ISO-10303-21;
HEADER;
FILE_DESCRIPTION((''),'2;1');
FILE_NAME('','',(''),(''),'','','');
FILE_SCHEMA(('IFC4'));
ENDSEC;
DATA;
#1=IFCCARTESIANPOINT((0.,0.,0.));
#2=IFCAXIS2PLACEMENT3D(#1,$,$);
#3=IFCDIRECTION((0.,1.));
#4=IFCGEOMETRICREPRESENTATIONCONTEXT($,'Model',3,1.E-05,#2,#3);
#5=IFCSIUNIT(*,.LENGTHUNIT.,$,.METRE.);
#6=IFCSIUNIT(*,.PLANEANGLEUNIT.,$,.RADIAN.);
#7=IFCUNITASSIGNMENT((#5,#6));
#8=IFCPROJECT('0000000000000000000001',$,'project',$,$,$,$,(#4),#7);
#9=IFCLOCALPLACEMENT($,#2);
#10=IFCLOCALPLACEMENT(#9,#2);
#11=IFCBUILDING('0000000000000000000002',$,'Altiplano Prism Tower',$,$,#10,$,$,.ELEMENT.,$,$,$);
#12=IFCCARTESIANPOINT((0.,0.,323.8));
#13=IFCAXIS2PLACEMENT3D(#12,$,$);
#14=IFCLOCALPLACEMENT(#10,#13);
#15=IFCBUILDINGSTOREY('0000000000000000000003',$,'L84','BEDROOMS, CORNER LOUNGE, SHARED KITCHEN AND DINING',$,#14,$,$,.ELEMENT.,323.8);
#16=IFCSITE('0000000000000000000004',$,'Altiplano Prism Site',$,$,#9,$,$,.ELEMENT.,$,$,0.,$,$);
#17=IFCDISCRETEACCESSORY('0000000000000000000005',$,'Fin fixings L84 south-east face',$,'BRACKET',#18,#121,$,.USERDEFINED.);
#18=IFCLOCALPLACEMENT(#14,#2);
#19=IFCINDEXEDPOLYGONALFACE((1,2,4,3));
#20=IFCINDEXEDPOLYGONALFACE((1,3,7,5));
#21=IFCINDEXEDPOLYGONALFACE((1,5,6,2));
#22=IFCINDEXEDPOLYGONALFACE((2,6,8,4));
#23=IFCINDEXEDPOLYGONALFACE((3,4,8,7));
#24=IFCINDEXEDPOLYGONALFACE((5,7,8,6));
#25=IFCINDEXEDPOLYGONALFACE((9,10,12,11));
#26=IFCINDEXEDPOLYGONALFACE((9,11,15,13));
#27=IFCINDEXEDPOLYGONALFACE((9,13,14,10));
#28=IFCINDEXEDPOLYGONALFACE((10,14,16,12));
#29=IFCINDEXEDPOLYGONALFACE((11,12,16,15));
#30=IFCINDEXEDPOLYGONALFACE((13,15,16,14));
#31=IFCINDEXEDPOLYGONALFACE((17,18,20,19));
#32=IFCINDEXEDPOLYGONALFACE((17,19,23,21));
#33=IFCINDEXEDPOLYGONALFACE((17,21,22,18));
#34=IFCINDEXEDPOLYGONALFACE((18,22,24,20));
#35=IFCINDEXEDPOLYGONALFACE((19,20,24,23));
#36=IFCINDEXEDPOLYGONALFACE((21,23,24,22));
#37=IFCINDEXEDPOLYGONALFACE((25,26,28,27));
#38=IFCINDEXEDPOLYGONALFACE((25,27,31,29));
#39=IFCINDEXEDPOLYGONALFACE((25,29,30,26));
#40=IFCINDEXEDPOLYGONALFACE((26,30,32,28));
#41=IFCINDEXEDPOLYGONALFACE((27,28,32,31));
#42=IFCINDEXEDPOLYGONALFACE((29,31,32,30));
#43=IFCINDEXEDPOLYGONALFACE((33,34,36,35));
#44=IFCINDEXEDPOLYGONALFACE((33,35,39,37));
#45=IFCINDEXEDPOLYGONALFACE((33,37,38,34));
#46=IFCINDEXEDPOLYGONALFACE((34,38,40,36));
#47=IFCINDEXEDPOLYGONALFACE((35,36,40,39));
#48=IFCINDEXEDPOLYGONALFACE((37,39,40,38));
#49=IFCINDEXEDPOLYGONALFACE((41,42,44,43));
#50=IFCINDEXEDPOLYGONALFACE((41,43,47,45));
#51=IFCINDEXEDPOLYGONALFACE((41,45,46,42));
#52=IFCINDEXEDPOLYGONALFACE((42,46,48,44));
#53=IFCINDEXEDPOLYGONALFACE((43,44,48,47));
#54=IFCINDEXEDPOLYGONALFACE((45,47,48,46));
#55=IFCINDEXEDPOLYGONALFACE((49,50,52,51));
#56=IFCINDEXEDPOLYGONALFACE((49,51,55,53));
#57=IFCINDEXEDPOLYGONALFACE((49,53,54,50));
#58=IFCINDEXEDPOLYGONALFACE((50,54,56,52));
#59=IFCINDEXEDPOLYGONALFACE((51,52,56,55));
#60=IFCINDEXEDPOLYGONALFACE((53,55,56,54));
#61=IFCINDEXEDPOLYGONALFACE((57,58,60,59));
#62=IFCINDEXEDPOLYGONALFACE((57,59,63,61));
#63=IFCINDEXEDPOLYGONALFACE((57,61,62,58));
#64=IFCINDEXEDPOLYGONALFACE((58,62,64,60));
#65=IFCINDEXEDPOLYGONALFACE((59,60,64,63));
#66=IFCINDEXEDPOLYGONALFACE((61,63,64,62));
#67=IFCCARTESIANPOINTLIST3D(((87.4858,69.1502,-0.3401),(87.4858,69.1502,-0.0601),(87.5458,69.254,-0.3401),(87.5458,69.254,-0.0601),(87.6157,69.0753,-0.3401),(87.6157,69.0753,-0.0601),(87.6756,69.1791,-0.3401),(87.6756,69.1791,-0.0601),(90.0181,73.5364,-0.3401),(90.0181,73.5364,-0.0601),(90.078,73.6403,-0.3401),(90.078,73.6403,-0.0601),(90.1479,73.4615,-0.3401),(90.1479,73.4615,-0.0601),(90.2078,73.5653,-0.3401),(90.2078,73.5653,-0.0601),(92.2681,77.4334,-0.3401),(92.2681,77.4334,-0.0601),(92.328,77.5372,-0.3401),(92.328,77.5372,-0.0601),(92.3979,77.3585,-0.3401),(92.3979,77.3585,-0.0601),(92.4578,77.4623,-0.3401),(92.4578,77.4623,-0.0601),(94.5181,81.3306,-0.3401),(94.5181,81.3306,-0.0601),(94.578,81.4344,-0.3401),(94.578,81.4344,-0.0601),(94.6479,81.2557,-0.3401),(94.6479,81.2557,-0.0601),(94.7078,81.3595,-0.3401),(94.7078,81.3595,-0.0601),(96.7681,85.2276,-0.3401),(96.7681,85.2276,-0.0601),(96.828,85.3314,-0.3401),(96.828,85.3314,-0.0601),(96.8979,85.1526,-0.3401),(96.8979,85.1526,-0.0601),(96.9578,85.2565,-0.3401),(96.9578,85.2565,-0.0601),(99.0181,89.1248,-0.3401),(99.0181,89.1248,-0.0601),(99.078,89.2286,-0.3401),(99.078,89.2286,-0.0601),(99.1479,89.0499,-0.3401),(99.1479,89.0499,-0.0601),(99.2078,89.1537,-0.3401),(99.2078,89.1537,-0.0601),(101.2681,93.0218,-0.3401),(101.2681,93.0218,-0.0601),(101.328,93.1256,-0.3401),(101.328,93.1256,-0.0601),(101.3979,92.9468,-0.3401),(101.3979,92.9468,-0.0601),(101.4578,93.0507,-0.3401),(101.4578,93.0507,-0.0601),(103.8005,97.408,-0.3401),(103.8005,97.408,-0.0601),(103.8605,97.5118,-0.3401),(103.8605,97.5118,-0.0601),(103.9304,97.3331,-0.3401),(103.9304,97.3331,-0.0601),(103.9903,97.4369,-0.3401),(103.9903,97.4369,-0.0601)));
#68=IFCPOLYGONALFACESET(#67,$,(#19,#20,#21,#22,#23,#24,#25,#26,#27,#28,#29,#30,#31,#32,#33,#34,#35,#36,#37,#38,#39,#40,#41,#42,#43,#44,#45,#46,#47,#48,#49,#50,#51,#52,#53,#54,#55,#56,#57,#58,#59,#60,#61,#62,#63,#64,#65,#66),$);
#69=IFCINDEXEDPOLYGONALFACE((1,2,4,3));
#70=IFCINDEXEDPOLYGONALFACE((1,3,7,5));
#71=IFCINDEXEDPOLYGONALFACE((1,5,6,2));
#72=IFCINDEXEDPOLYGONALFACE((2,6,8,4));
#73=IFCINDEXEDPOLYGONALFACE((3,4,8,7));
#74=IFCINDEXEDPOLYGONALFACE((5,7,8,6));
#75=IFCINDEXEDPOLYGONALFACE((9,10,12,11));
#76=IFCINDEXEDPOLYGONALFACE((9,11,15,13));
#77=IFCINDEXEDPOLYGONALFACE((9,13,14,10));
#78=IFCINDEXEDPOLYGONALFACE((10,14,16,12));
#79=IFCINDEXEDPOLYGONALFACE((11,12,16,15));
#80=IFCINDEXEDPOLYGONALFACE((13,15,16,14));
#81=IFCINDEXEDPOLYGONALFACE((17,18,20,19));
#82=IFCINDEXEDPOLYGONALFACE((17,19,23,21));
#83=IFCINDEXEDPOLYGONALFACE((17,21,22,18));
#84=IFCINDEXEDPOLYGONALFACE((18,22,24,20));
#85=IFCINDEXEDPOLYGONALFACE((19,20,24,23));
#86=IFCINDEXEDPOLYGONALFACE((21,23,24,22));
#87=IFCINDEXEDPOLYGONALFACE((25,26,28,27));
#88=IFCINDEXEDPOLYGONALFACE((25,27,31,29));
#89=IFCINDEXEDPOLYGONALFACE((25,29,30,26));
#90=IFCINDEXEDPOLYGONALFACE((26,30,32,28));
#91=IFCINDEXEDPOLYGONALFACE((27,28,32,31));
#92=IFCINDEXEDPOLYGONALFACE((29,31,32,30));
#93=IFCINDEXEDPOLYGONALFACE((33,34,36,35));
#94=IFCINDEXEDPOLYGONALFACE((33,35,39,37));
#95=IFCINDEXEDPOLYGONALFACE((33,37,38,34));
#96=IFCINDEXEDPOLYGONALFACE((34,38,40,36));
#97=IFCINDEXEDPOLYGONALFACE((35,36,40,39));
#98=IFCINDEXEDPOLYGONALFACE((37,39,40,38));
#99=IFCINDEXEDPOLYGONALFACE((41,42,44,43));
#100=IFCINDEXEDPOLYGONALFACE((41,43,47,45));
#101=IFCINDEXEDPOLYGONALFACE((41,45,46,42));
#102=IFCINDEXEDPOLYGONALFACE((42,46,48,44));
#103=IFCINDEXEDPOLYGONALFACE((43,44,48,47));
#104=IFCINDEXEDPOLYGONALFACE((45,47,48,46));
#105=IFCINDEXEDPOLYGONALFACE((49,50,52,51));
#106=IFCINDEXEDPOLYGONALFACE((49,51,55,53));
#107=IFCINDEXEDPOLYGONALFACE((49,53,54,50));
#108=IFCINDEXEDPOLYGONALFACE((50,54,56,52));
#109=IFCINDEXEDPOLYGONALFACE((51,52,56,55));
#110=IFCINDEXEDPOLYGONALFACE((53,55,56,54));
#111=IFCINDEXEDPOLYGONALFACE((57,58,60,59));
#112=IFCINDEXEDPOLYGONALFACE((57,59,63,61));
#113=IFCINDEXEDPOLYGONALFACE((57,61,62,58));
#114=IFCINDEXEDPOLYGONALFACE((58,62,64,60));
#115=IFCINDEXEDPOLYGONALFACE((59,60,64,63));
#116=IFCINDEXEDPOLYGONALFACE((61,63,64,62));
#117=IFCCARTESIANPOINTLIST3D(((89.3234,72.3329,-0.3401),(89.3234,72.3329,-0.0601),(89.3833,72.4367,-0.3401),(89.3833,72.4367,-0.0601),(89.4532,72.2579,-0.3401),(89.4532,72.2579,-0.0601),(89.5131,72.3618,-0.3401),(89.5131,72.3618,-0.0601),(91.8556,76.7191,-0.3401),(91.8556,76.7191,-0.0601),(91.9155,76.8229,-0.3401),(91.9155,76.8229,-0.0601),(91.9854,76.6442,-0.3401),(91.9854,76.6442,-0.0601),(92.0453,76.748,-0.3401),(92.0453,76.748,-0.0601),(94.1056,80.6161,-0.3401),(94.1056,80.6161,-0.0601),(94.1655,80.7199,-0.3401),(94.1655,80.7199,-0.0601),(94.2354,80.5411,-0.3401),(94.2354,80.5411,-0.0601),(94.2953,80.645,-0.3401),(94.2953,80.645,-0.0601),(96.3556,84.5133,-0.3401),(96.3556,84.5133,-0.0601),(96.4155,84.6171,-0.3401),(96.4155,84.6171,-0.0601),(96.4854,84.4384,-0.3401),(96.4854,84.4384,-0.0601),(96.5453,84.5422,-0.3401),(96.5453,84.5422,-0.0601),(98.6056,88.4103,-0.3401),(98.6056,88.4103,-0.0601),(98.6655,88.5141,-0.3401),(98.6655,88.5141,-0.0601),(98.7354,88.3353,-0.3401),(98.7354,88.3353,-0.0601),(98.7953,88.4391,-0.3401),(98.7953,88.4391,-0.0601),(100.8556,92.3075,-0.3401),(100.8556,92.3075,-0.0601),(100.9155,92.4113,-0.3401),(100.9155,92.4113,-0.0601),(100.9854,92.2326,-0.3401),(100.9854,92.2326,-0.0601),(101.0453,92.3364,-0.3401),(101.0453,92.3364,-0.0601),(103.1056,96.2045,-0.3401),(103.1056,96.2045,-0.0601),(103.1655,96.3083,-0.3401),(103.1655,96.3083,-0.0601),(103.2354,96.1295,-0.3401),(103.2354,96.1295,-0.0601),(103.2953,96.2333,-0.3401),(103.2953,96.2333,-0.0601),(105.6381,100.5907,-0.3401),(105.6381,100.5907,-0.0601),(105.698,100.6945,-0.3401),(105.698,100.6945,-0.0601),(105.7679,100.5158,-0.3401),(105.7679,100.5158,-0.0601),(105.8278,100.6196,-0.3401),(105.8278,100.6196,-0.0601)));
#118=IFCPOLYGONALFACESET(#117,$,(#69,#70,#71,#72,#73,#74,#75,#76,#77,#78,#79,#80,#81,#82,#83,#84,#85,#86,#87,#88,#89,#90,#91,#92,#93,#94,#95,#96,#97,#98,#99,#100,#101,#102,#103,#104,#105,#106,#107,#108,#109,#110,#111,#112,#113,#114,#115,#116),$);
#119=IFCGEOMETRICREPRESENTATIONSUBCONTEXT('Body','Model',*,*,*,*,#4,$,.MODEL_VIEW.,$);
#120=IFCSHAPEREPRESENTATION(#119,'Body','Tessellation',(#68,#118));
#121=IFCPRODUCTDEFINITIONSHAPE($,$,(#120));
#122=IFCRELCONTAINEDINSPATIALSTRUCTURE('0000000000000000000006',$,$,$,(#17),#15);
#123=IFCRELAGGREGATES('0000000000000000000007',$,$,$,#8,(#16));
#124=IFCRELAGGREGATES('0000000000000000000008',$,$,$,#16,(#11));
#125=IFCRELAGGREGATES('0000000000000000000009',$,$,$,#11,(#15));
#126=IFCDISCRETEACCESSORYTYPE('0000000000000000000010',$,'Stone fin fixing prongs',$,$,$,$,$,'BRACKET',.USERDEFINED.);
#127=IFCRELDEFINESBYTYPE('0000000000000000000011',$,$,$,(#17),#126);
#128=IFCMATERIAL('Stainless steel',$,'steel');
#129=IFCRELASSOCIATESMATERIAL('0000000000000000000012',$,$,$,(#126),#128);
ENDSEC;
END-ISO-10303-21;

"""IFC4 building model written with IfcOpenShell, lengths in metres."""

from ifc_helpers import new_model, si_unit, direction, frame, origin, place, context, subcontext, project, spatial, polyline, outline, extrude, source, transform, mapped, material, type_object, element, save


model = new_model("IFC4")

# Units and contexts
model_context = context("Model", 3, precision=1e-05, world=origin(), true_north=direction((0.0, 1.0)))
body_context = subcontext(model_context, "Body", "Model", "MODEL_VIEW")
ifc_project = project(units=[si_unit("LENGTHUNIT", "METRE"), si_unit("PLANEANGLEUNIT", "RADIAN")], contexts=[model_context])

# Site, building, storey
site_placement = place(None, origin())
site = spatial("IfcSite", under=ifc_project, at=site_placement, Name="Altiplano Prism Site", CompositionType="ELEMENT", RefElevation=0.0)
building_placement = place(site_placement, origin())
building = spatial("IfcBuilding", under=site, at=building_placement, Name="Altiplano Prism Tower", CompositionType="ELEMENT")
storey_placement = place(building_placement, frame((0.0, 0.0, 323.8)))
storey = spatial("IfcBuildingStorey", under=building, at=storey_placement, Name="L84", Description="BEDROOMS, CORNER LOUNGE, SHARED KITCHEN AND DINING", CompositionType="ELEMENT", Elevation=323.8)

# Discrete accessory
ifc_material_1 = material(Name="Stainless steel", Category="steel")
discrete_accessory_type = type_object("IfcDiscreteAccessoryType", Name="Stone fin fixing prongs", ElementType="BRACKET", PredefinedType="USERDEFINED", material=ifc_material_1)
shared_shape_1 = source(origin(), body_context, "Body", "SweptSolid", [
    extrude(outline(polyline([(-1.8975, 0.0601), (-1.7776, 0.0601), (-1.7776, 0.3401), (-1.8975, 0.3401), (-1.8975, 0.0601)])), frame((0.0, 0.0, 0.0), z_axis=(0.0, -1.0, 0.0), x_axis=(1.0, 0.0, 0.0)), (0.0, 0.0, 1.0), 0.1499),
    extrude(outline(polyline([(1.7776, 0.0601), (1.8975, 0.0601), (1.8975, 0.3401), (1.7776, 0.3401), (1.7776, 0.0601)])), frame((0.0, 0.0, 0.0), z_axis=(0.0, -1.0, 0.0), x_axis=(1.0, 0.0, 0.0)), (0.0, 0.0, 1.0), 0.1499),
])
shared_shape_2 = source(origin(), body_context, "Body", "SweptSolid", [
    extrude(outline(polyline([(-1.8975, 0.0601), (-1.7776, 0.0601), (-1.7776, 0.3401), (-1.8975, 0.3401), (-1.8975, 0.0601)])), frame((0.0, 0.0, 0.0), z_axis=(0.0, -1.0, 0.0), x_axis=(1.0, 0.0, 0.0)), (0.0, 0.0, 1.0), 0.1499),
    extrude(outline(polyline([(1.7776, 0.0601), (1.8975, 0.0601), (1.8975, 0.3401), (1.7776, 0.3401), (1.7776, 0.0601)])), frame((0.0, 0.0, 0.0), z_axis=(0.0, -1.0, 0.0), x_axis=(1.0, 0.0, 0.0)), (0.0, 0.0, 1.0), 0.1499),
])
discrete_accessory_1_placement = place(storey_placement, origin())
element("IfcDiscreteAccessory", 1, at=discrete_accessory_1_placement, inside=storey, type_object=discrete_accessory_type, Name="Fin fixings L84 south-east face", ObjectType="BRACKET", PredefinedType="USERDEFINED", context=body_context, shape_type="MappedRepresentation", body=[
    mapped(shared_shape_1, transform((88.4346, 70.7935, -0.4001), x_axis=(0.5, 0.866025, 0.0), y_axis=(-0.866025, 0.5, 0.0), z_axis=(0.0, 0.0, 1.0))),
    mapped(shared_shape_2, transform((90.9668, 75.1797, -0.4001), x_axis=(0.5, 0.866025, 0.0), y_axis=(-0.866025, 0.5, 0.0), z_axis=(0.0, 0.0, 1.0))),
    mapped(shared_shape_2, transform((93.2168, 79.0767, -0.4001), x_axis=(0.5, 0.866025, 0.0), y_axis=(-0.866025, 0.5, 0.0), z_axis=(0.0, 0.0, 1.0))),
    mapped(shared_shape_2, transform((95.4668, 82.9739, -0.4001), x_axis=(0.5, 0.866025, 0.0), y_axis=(-0.866025, 0.5, 0.0), z_axis=(0.0, 0.0, 1.0))),
    mapped(shared_shape_2, transform((97.7168, 86.8708, -0.4001), x_axis=(0.5, 0.866025, 0.0), y_axis=(-0.866025, 0.5, 0.0), z_axis=(0.0, 0.0, 1.0))),
    mapped(shared_shape_2, transform((99.9668, 90.7681, -0.4001), x_axis=(0.5, 0.866025, 0.0), y_axis=(-0.866025, 0.5, 0.0), z_axis=(0.0, 0.0, 1.0))),
    mapped(shared_shape_2, transform((102.2168, 94.665, -0.4001), x_axis=(0.5, 0.866025, 0.0), y_axis=(-0.866025, 0.5, 0.0), z_axis=(0.0, 0.0, 1.0))),
    mapped(shared_shape_1, transform((104.7493, 99.0513, -0.4001), x_axis=(0.5, 0.866025, 0.0), y_axis=(-0.866025, 0.5, 0.0), z_axis=(0.0, 0.0, 1.0))),
])

save(model, "model.ifc")
